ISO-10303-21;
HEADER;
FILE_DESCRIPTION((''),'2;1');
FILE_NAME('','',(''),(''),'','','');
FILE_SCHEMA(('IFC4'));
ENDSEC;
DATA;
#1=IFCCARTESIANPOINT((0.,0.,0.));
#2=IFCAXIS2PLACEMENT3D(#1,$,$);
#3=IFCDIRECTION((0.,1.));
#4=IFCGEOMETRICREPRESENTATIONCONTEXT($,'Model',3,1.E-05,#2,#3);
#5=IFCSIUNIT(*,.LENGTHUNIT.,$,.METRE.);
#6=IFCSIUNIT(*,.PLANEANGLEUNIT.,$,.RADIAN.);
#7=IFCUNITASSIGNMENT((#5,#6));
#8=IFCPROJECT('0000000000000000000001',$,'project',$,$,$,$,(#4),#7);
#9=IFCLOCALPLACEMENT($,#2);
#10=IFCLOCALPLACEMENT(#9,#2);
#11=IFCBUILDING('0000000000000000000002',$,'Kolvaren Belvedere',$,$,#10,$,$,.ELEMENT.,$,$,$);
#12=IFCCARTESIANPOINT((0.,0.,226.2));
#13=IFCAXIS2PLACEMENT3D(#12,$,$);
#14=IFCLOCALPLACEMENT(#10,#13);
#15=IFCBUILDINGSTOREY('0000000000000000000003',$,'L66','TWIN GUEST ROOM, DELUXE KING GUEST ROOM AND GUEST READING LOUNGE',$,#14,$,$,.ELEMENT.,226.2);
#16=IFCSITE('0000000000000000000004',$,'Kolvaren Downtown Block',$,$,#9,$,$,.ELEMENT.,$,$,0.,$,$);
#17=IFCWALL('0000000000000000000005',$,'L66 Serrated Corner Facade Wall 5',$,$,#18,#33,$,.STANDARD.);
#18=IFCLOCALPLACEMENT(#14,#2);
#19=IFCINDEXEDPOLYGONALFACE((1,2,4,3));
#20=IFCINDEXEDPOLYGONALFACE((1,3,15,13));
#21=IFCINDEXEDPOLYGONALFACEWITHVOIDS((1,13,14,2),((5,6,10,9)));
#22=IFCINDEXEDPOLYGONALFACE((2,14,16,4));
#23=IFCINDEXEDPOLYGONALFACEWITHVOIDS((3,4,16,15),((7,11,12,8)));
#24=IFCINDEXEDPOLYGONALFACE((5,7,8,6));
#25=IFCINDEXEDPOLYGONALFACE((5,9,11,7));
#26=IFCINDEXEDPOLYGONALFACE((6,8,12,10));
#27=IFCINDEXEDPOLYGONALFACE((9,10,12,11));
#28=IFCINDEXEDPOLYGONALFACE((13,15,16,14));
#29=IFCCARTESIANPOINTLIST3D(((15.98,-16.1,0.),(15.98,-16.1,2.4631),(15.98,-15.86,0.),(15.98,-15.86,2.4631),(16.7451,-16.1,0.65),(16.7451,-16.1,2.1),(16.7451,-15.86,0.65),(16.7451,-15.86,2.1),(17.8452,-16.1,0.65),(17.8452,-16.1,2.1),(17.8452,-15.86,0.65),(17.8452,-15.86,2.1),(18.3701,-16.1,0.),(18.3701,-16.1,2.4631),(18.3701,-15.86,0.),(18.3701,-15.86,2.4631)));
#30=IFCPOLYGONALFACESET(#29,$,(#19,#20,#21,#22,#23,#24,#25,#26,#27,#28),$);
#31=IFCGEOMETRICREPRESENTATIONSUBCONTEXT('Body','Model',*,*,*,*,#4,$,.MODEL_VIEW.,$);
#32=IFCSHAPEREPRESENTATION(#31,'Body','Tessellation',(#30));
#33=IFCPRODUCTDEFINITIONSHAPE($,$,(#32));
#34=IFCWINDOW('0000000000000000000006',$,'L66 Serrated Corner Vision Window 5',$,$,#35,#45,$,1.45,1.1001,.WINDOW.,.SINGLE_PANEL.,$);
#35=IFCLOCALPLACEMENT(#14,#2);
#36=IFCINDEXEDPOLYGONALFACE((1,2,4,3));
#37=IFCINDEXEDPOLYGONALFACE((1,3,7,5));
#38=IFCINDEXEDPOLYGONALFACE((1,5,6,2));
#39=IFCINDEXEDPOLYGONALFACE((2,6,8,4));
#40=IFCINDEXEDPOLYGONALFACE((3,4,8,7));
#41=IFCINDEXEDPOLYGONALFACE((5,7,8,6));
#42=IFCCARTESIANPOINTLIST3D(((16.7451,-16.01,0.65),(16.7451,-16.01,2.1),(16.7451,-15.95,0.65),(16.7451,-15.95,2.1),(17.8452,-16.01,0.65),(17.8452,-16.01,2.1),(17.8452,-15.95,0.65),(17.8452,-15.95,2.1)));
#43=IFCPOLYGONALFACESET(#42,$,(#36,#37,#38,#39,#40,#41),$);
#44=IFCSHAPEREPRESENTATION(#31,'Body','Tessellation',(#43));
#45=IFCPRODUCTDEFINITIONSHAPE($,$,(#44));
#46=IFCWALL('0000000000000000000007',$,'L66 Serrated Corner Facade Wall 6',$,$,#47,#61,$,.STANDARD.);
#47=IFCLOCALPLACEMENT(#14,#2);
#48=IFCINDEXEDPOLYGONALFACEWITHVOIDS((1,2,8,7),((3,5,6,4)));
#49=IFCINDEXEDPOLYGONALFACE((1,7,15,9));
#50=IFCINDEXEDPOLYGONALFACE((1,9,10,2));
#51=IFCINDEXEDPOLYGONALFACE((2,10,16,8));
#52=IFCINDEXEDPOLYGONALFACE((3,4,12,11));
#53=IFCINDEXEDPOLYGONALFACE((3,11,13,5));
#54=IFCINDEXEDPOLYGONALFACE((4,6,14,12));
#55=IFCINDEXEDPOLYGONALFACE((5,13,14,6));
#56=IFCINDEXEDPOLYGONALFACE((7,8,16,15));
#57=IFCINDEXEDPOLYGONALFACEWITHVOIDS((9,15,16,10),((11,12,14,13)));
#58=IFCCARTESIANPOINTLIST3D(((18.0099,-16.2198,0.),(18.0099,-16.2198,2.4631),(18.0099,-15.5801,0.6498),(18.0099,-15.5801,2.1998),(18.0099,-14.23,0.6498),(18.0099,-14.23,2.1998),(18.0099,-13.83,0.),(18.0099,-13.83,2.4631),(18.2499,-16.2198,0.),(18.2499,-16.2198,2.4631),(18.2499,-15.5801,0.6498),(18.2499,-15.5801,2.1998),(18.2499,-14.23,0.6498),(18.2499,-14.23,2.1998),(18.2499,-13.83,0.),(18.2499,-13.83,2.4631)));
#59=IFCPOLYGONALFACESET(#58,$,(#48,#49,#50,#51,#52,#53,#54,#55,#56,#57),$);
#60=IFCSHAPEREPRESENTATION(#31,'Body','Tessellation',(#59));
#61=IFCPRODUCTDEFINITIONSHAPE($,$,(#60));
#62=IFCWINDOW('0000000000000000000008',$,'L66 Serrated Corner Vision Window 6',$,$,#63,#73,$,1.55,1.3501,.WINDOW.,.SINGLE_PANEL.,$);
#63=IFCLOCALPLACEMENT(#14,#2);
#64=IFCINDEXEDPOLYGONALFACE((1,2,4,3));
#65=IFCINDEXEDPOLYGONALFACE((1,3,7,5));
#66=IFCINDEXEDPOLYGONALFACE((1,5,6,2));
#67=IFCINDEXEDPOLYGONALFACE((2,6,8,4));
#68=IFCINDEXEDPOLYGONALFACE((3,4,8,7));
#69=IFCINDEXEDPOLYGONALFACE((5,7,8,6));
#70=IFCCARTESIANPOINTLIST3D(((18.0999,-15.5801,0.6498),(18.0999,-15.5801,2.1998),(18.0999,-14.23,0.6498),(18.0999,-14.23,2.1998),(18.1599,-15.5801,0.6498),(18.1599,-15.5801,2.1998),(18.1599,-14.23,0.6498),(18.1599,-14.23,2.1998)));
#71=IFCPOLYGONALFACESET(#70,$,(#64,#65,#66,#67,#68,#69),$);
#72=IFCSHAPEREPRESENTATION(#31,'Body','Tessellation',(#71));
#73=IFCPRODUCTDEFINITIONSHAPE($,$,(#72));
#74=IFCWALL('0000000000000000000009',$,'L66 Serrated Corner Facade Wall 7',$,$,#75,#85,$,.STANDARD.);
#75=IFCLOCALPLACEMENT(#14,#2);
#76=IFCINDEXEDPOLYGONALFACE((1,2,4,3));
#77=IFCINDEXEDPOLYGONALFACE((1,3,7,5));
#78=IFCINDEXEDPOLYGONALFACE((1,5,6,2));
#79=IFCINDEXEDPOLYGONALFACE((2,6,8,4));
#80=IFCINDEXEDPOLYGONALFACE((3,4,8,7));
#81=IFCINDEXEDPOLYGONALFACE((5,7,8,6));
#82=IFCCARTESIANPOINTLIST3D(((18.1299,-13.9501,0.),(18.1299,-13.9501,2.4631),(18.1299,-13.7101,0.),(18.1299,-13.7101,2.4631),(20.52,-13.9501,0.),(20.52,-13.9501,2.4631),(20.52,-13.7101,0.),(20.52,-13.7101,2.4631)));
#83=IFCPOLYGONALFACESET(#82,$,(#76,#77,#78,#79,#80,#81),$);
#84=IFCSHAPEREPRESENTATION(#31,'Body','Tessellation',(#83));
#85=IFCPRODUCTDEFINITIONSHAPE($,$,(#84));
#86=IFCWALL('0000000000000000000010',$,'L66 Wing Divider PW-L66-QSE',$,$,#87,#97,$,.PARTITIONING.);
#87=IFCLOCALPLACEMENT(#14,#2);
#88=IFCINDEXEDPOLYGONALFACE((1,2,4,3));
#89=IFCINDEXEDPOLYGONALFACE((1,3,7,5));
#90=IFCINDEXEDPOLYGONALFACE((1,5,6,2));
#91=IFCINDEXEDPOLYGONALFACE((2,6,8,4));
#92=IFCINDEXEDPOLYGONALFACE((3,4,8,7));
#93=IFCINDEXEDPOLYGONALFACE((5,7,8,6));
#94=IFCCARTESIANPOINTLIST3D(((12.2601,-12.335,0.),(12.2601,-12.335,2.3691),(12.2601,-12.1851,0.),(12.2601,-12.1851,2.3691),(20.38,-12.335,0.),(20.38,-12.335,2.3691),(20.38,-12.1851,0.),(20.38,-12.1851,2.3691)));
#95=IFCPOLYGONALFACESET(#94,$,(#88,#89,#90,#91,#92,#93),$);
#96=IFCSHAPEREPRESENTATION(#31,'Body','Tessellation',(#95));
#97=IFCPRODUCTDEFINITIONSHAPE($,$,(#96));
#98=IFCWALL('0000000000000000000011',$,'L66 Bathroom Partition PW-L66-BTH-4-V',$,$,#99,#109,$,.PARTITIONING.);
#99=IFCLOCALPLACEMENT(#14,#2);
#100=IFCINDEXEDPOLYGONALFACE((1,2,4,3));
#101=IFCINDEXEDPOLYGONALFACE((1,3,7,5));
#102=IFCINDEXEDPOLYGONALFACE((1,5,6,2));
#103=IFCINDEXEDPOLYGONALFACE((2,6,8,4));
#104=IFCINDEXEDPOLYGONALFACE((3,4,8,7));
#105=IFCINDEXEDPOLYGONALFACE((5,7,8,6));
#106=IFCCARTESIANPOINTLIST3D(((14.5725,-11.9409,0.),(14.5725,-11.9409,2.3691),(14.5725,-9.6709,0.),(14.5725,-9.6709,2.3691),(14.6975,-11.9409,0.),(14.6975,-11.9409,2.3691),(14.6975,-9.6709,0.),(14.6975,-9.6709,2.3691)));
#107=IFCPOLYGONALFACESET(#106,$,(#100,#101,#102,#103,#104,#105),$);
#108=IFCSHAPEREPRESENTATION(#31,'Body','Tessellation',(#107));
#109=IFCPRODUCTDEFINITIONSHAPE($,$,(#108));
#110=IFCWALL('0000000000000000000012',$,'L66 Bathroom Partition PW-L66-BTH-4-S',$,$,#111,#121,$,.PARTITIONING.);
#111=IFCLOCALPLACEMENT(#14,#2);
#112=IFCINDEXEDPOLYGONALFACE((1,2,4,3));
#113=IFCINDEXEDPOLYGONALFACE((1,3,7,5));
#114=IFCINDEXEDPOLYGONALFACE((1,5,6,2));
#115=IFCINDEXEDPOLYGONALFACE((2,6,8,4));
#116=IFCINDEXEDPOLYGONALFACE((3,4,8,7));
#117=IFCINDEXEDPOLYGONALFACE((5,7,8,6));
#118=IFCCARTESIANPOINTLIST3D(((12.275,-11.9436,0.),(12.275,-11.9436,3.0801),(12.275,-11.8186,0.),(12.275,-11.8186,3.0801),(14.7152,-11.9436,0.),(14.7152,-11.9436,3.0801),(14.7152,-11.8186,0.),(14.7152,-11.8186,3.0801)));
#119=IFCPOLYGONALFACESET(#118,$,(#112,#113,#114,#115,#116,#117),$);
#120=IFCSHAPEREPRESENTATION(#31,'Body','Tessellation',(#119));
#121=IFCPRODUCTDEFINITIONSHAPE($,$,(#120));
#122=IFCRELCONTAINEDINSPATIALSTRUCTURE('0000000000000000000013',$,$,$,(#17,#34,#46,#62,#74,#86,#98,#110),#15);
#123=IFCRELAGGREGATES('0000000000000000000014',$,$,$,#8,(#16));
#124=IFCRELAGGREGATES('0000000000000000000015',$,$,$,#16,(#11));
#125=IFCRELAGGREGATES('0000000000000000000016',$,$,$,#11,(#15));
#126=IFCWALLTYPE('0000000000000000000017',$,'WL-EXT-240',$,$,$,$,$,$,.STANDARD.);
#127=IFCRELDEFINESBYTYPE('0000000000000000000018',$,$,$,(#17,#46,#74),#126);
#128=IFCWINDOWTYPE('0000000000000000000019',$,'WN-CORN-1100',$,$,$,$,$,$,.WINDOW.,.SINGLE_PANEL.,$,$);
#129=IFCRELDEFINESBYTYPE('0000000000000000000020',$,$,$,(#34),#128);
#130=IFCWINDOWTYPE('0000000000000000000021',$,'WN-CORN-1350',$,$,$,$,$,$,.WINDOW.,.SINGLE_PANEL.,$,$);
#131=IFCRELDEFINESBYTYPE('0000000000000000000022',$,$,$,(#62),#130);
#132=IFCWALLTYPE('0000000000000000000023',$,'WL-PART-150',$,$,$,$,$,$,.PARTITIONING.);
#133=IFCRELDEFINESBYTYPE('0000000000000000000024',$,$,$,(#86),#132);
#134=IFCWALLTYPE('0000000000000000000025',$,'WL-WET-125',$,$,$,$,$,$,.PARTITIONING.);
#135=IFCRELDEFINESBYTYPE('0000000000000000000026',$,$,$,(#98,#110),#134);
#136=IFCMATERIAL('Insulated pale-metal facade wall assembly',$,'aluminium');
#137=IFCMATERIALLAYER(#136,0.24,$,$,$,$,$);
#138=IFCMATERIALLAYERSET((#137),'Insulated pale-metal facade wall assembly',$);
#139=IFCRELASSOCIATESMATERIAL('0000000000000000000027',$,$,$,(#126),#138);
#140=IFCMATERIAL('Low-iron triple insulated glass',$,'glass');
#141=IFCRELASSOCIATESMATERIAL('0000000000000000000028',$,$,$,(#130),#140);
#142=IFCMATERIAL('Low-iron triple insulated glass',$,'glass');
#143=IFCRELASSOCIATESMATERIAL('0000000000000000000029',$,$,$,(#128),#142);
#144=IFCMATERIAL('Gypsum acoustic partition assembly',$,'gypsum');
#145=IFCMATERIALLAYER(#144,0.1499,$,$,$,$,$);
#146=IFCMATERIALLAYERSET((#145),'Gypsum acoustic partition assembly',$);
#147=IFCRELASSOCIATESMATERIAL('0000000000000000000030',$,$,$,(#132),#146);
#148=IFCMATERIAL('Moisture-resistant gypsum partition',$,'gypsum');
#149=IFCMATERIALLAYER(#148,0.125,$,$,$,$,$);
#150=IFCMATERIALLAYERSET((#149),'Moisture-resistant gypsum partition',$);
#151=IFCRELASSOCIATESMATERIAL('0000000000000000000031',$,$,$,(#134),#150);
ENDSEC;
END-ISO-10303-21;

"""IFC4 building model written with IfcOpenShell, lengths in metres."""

from ifc_helpers import new_model, si_unit, direction, frame, frame_2d, origin, place, context, subcontext, project, spatial, rectangle, extrude, material, layer, layer_set, type_object, element, fill, save


model = new_model("IFC4")

# Units and contexts
model_context = context("Model", 3, precision=1e-05, world=origin(), true_north=direction((0.0, 1.0)))
body_context = subcontext(model_context, "Body", "Model", "MODEL_VIEW")
ifc_project = project(units=[si_unit("LENGTHUNIT", "METRE"), si_unit("PLANEANGLEUNIT", "RADIAN")], contexts=[model_context])

# Site, building, storey
site_placement = place(None, origin())
site = spatial("IfcSite", under=ifc_project, at=site_placement, Name="Kolvaren Downtown Block", CompositionType="ELEMENT", RefElevation=0.0)
building_placement = place(site_placement, origin())
building = spatial("IfcBuilding", under=site, at=building_placement, Name="Kolvaren Belvedere", CompositionType="ELEMENT")
storey_placement = place(building_placement, frame((0.0, 0.0, 226.2)))
storey = spatial("IfcBuildingStorey", under=building, at=storey_placement, Name="L66", Description="TWIN GUEST ROOM, DELUXE KING GUEST ROOM AND GUEST READING LOUNGE", CompositionType="ELEMENT", Elevation=226.2)

# Shared definitions
ifc_material_1 = material(Name="Insulated pale-metal facade wall assembly", Category="aluminium")
ifc_layer_1 = layer(ifc_material_1, 0.24)
ifc_layer_set_1 = layer_set([ifc_layer_1], Name="Insulated pale-metal facade wall assembly")
wall_type_1 = type_object("IfcWallType", Name="WL-EXT-240", PredefinedType="STANDARD", material=ifc_layer_set_1)

# Walls, openings, windows
ifc_material_2 = material(Name="Low-iron triple insulated glass", Category="glass")
window_type_1 = type_object("IfcWindowType", Name="WN-CORN-1350", PartitioningType="SINGLE_PANEL", PredefinedType="WINDOW", material=ifc_material_2)
ifc_material_3 = material(Name="Low-iron triple insulated glass", Category="glass")
window_type_2 = type_object("IfcWindowType", Name="WN-CORN-1100", PartitioningType="SINGLE_PANEL", PredefinedType="WINDOW", material=ifc_material_3)
wall_1_placement = place(storey_placement, frame((18.3701, -15.98, 0.0), z_axis=(0.0, 0.0, 1.0), x_axis=(-1.0, 0.0, 0.0)))
wall_1 = element("IfcWall", 1, at=wall_1_placement, inside=storey, type_object=wall_type_1, Name="L66 Serrated Corner Facade Wall 5", PredefinedType="STANDARD", context=body_context, shape_type="SweptSolid", body=[
    extrude(rectangle(XDim=2.3901, YDim=0.24, at=frame_2d((1.1951, 0.0))), origin(), (0.0, 0.0, 1.0), 2.4631),
])
opening_1_placement = place(wall_1_placement, frame((0.5249, 0.0, 0.6499)))
opening_1 = element("IfcOpeningElement", 2, at=opening_1_placement, cuts=wall_1, PredefinedType="OPENING", context=body_context, shape_type="SweptSolid", body=[
    extrude(rectangle(XDim=1.1001, YDim=1.45, at=frame_2d((0.55, 0.7251))), frame((0.0, 0.1299, 0.0), z_axis=(0.0, -1.0, 0.0), x_axis=(1.0, 0.0, 0.0)), (0.0, 0.0, 1.0), 0.26),
])
window_1_placement = place(opening_1_placement, origin())
window_1 = element("IfcWindow", 3, at=window_1_placement, inside=storey, type_object=window_type_2, Name="L66 Serrated Corner Vision Window 5", OverallHeight=1.45, OverallWidth=1.1001, PartitioningType="SINGLE_PANEL", PredefinedType="WINDOW", context=body_context, shape_type="SweptSolid", body=[
    extrude(rectangle(XDim=1.1001, YDim=1.45, at=frame_2d((0.55, 0.7251))), frame((0.0, 0.03, 0.0), z_axis=(0.0, -1.0, 0.0), x_axis=(1.0, 0.0, 0.0)), (0.0, 0.0, 1.0), 0.0601),
])
fill(opening_1, window_1)
wall_2_placement = place(storey_placement, frame((18.1299, -13.8301, 0.0), z_axis=(0.0, 0.0, 1.0), x_axis=(0.0, -1.0, 0.0)))
wall_2 = element("IfcWall", 4, at=wall_2_placement, inside=storey, type_object=wall_type_1, Name="L66 Serrated Corner Facade Wall 6", PredefinedType="STANDARD", context=body_context, shape_type="SweptSolid", body=[
    extrude(rectangle(XDim=2.3899, YDim=0.24, at=frame_2d((1.1948, 0.0))), origin(), (0.0, 0.0, 1.0), 2.4631),
])
opening_2_placement = place(wall_2_placement, frame((0.3999, 0.0, 0.6499)))
opening_2 = element("IfcOpeningElement", 5, at=opening_2_placement, cuts=wall_2, PredefinedType="OPENING", context=body_context, shape_type="SweptSolid", body=[
    extrude(rectangle(XDim=1.3501, YDim=1.55, at=frame_2d((0.675, 0.7749))), frame((0.0, 0.1299, 0.0), z_axis=(0.0, -1.0, 0.0), x_axis=(1.0, 0.0, 0.0)), (0.0, 0.0, 1.0), 0.26),
])
window_2_placement = place(opening_2_placement, origin())
window_2 = element("IfcWindow", 6, at=window_2_placement, inside=storey, type_object=window_type_1, Name="L66 Serrated Corner Vision Window 6", OverallHeight=1.55, OverallWidth=1.3501, PartitioningType="SINGLE_PANEL", PredefinedType="WINDOW", context=body_context, shape_type="SweptSolid", body=[
    extrude(rectangle(XDim=1.3501, YDim=1.55, at=frame_2d((0.675, 0.7749))), frame((0.0, 0.03, 0.0), z_axis=(0.0, -1.0, 0.0), x_axis=(1.0, 0.0, 0.0)), (0.0, 0.0, 1.0), 0.0601),
])
fill(opening_2, window_2)

# Walls
wall_3_placement = place(storey_placement, frame((20.52, -13.8301, 0.0), z_axis=(0.0, 0.0, 1.0), x_axis=(-1.0, 0.0, 0.0)))
element("IfcWall", 7, at=wall_3_placement, inside=storey, type_object=wall_type_1, Name="L66 Serrated Corner Facade Wall 7", PredefinedType="STANDARD", context=body_context, shape_type="SweptSolid", body=[
    extrude(rectangle(XDim=2.3901, YDim=0.24, at=frame_2d((1.1951, 0.0))), origin(), (0.0, 0.0, 1.0), 2.4631),
])
ifc_material_4 = material(Name="Gypsum acoustic partition assembly", Category="gypsum")
ifc_layer_2 = layer(ifc_material_4, 0.1499)
ifc_layer_set_2 = layer_set([ifc_layer_2], Name="Gypsum acoustic partition assembly")
wall_type_2 = type_object("IfcWallType", Name="WL-PART-150", PredefinedType="PARTITIONING", material=ifc_layer_set_2)
wall_4_placement = place(storey_placement, frame((12.26, -12.26, 0.0), z_axis=(0.0, 0.0, 1.0), x_axis=(1.0, 0.0, 0.0)))
element("IfcWall", 8, at=wall_4_placement, inside=storey, type_object=wall_type_2, Name="L66 Wing Divider PW-L66-QSE", PredefinedType="PARTITIONING", context=body_context, shape_type="SweptSolid", body=[
    extrude(rectangle(XDim=8.1199, YDim=0.1499, at=frame_2d((4.0601, 0.0))), origin(), (0.0, 0.0, 1.0), 2.3691),
])
ifc_material_5 = material(Name="Moisture-resistant gypsum partition", Category="gypsum")
ifc_layer_3 = layer(ifc_material_5, 0.125)
ifc_layer_set_3 = layer_set([ifc_layer_3], Name="Moisture-resistant gypsum partition")
wall_type_3 = type_object("IfcWallType", Name="WL-WET-125", PredefinedType="PARTITIONING", material=ifc_layer_set_3)
wall_5_placement = place(storey_placement, frame((14.635, -11.9409, 0.0), z_axis=(0.0, 0.0, 1.0), x_axis=(0.0, 1.0, 0.0)))
element("IfcWall", 9, at=wall_5_placement, inside=storey, type_object=wall_type_3, Name="L66 Bathroom Partition PW-L66-BTH-4-V", PredefinedType="PARTITIONING", context=body_context, shape_type="SweptSolid", body=[
    extrude(rectangle(XDim=2.27, YDim=0.125, at=frame_2d((1.135, 0.0))), origin(), (0.0, 0.0, 1.0), 2.3691),
])
wall_6_placement = place(storey_placement, frame((12.2749, -11.8811, 0.0), z_axis=(0.0, 0.0, 1.0), x_axis=(1.0, 0.0, 0.0)))
element("IfcWall", 10, at=wall_6_placement, inside=storey, type_object=wall_type_3, Name="L66 Bathroom Partition PW-L66-BTH-4-S", PredefinedType="PARTITIONING", context=body_context, shape_type="SweptSolid", body=[
    extrude(rectangle(XDim=2.4402, YDim=0.125, at=frame_2d((1.2202, 0.0))), origin(), (0.0, 0.0, 1.0), 3.0801),
])

save(model, "model.ifc")
